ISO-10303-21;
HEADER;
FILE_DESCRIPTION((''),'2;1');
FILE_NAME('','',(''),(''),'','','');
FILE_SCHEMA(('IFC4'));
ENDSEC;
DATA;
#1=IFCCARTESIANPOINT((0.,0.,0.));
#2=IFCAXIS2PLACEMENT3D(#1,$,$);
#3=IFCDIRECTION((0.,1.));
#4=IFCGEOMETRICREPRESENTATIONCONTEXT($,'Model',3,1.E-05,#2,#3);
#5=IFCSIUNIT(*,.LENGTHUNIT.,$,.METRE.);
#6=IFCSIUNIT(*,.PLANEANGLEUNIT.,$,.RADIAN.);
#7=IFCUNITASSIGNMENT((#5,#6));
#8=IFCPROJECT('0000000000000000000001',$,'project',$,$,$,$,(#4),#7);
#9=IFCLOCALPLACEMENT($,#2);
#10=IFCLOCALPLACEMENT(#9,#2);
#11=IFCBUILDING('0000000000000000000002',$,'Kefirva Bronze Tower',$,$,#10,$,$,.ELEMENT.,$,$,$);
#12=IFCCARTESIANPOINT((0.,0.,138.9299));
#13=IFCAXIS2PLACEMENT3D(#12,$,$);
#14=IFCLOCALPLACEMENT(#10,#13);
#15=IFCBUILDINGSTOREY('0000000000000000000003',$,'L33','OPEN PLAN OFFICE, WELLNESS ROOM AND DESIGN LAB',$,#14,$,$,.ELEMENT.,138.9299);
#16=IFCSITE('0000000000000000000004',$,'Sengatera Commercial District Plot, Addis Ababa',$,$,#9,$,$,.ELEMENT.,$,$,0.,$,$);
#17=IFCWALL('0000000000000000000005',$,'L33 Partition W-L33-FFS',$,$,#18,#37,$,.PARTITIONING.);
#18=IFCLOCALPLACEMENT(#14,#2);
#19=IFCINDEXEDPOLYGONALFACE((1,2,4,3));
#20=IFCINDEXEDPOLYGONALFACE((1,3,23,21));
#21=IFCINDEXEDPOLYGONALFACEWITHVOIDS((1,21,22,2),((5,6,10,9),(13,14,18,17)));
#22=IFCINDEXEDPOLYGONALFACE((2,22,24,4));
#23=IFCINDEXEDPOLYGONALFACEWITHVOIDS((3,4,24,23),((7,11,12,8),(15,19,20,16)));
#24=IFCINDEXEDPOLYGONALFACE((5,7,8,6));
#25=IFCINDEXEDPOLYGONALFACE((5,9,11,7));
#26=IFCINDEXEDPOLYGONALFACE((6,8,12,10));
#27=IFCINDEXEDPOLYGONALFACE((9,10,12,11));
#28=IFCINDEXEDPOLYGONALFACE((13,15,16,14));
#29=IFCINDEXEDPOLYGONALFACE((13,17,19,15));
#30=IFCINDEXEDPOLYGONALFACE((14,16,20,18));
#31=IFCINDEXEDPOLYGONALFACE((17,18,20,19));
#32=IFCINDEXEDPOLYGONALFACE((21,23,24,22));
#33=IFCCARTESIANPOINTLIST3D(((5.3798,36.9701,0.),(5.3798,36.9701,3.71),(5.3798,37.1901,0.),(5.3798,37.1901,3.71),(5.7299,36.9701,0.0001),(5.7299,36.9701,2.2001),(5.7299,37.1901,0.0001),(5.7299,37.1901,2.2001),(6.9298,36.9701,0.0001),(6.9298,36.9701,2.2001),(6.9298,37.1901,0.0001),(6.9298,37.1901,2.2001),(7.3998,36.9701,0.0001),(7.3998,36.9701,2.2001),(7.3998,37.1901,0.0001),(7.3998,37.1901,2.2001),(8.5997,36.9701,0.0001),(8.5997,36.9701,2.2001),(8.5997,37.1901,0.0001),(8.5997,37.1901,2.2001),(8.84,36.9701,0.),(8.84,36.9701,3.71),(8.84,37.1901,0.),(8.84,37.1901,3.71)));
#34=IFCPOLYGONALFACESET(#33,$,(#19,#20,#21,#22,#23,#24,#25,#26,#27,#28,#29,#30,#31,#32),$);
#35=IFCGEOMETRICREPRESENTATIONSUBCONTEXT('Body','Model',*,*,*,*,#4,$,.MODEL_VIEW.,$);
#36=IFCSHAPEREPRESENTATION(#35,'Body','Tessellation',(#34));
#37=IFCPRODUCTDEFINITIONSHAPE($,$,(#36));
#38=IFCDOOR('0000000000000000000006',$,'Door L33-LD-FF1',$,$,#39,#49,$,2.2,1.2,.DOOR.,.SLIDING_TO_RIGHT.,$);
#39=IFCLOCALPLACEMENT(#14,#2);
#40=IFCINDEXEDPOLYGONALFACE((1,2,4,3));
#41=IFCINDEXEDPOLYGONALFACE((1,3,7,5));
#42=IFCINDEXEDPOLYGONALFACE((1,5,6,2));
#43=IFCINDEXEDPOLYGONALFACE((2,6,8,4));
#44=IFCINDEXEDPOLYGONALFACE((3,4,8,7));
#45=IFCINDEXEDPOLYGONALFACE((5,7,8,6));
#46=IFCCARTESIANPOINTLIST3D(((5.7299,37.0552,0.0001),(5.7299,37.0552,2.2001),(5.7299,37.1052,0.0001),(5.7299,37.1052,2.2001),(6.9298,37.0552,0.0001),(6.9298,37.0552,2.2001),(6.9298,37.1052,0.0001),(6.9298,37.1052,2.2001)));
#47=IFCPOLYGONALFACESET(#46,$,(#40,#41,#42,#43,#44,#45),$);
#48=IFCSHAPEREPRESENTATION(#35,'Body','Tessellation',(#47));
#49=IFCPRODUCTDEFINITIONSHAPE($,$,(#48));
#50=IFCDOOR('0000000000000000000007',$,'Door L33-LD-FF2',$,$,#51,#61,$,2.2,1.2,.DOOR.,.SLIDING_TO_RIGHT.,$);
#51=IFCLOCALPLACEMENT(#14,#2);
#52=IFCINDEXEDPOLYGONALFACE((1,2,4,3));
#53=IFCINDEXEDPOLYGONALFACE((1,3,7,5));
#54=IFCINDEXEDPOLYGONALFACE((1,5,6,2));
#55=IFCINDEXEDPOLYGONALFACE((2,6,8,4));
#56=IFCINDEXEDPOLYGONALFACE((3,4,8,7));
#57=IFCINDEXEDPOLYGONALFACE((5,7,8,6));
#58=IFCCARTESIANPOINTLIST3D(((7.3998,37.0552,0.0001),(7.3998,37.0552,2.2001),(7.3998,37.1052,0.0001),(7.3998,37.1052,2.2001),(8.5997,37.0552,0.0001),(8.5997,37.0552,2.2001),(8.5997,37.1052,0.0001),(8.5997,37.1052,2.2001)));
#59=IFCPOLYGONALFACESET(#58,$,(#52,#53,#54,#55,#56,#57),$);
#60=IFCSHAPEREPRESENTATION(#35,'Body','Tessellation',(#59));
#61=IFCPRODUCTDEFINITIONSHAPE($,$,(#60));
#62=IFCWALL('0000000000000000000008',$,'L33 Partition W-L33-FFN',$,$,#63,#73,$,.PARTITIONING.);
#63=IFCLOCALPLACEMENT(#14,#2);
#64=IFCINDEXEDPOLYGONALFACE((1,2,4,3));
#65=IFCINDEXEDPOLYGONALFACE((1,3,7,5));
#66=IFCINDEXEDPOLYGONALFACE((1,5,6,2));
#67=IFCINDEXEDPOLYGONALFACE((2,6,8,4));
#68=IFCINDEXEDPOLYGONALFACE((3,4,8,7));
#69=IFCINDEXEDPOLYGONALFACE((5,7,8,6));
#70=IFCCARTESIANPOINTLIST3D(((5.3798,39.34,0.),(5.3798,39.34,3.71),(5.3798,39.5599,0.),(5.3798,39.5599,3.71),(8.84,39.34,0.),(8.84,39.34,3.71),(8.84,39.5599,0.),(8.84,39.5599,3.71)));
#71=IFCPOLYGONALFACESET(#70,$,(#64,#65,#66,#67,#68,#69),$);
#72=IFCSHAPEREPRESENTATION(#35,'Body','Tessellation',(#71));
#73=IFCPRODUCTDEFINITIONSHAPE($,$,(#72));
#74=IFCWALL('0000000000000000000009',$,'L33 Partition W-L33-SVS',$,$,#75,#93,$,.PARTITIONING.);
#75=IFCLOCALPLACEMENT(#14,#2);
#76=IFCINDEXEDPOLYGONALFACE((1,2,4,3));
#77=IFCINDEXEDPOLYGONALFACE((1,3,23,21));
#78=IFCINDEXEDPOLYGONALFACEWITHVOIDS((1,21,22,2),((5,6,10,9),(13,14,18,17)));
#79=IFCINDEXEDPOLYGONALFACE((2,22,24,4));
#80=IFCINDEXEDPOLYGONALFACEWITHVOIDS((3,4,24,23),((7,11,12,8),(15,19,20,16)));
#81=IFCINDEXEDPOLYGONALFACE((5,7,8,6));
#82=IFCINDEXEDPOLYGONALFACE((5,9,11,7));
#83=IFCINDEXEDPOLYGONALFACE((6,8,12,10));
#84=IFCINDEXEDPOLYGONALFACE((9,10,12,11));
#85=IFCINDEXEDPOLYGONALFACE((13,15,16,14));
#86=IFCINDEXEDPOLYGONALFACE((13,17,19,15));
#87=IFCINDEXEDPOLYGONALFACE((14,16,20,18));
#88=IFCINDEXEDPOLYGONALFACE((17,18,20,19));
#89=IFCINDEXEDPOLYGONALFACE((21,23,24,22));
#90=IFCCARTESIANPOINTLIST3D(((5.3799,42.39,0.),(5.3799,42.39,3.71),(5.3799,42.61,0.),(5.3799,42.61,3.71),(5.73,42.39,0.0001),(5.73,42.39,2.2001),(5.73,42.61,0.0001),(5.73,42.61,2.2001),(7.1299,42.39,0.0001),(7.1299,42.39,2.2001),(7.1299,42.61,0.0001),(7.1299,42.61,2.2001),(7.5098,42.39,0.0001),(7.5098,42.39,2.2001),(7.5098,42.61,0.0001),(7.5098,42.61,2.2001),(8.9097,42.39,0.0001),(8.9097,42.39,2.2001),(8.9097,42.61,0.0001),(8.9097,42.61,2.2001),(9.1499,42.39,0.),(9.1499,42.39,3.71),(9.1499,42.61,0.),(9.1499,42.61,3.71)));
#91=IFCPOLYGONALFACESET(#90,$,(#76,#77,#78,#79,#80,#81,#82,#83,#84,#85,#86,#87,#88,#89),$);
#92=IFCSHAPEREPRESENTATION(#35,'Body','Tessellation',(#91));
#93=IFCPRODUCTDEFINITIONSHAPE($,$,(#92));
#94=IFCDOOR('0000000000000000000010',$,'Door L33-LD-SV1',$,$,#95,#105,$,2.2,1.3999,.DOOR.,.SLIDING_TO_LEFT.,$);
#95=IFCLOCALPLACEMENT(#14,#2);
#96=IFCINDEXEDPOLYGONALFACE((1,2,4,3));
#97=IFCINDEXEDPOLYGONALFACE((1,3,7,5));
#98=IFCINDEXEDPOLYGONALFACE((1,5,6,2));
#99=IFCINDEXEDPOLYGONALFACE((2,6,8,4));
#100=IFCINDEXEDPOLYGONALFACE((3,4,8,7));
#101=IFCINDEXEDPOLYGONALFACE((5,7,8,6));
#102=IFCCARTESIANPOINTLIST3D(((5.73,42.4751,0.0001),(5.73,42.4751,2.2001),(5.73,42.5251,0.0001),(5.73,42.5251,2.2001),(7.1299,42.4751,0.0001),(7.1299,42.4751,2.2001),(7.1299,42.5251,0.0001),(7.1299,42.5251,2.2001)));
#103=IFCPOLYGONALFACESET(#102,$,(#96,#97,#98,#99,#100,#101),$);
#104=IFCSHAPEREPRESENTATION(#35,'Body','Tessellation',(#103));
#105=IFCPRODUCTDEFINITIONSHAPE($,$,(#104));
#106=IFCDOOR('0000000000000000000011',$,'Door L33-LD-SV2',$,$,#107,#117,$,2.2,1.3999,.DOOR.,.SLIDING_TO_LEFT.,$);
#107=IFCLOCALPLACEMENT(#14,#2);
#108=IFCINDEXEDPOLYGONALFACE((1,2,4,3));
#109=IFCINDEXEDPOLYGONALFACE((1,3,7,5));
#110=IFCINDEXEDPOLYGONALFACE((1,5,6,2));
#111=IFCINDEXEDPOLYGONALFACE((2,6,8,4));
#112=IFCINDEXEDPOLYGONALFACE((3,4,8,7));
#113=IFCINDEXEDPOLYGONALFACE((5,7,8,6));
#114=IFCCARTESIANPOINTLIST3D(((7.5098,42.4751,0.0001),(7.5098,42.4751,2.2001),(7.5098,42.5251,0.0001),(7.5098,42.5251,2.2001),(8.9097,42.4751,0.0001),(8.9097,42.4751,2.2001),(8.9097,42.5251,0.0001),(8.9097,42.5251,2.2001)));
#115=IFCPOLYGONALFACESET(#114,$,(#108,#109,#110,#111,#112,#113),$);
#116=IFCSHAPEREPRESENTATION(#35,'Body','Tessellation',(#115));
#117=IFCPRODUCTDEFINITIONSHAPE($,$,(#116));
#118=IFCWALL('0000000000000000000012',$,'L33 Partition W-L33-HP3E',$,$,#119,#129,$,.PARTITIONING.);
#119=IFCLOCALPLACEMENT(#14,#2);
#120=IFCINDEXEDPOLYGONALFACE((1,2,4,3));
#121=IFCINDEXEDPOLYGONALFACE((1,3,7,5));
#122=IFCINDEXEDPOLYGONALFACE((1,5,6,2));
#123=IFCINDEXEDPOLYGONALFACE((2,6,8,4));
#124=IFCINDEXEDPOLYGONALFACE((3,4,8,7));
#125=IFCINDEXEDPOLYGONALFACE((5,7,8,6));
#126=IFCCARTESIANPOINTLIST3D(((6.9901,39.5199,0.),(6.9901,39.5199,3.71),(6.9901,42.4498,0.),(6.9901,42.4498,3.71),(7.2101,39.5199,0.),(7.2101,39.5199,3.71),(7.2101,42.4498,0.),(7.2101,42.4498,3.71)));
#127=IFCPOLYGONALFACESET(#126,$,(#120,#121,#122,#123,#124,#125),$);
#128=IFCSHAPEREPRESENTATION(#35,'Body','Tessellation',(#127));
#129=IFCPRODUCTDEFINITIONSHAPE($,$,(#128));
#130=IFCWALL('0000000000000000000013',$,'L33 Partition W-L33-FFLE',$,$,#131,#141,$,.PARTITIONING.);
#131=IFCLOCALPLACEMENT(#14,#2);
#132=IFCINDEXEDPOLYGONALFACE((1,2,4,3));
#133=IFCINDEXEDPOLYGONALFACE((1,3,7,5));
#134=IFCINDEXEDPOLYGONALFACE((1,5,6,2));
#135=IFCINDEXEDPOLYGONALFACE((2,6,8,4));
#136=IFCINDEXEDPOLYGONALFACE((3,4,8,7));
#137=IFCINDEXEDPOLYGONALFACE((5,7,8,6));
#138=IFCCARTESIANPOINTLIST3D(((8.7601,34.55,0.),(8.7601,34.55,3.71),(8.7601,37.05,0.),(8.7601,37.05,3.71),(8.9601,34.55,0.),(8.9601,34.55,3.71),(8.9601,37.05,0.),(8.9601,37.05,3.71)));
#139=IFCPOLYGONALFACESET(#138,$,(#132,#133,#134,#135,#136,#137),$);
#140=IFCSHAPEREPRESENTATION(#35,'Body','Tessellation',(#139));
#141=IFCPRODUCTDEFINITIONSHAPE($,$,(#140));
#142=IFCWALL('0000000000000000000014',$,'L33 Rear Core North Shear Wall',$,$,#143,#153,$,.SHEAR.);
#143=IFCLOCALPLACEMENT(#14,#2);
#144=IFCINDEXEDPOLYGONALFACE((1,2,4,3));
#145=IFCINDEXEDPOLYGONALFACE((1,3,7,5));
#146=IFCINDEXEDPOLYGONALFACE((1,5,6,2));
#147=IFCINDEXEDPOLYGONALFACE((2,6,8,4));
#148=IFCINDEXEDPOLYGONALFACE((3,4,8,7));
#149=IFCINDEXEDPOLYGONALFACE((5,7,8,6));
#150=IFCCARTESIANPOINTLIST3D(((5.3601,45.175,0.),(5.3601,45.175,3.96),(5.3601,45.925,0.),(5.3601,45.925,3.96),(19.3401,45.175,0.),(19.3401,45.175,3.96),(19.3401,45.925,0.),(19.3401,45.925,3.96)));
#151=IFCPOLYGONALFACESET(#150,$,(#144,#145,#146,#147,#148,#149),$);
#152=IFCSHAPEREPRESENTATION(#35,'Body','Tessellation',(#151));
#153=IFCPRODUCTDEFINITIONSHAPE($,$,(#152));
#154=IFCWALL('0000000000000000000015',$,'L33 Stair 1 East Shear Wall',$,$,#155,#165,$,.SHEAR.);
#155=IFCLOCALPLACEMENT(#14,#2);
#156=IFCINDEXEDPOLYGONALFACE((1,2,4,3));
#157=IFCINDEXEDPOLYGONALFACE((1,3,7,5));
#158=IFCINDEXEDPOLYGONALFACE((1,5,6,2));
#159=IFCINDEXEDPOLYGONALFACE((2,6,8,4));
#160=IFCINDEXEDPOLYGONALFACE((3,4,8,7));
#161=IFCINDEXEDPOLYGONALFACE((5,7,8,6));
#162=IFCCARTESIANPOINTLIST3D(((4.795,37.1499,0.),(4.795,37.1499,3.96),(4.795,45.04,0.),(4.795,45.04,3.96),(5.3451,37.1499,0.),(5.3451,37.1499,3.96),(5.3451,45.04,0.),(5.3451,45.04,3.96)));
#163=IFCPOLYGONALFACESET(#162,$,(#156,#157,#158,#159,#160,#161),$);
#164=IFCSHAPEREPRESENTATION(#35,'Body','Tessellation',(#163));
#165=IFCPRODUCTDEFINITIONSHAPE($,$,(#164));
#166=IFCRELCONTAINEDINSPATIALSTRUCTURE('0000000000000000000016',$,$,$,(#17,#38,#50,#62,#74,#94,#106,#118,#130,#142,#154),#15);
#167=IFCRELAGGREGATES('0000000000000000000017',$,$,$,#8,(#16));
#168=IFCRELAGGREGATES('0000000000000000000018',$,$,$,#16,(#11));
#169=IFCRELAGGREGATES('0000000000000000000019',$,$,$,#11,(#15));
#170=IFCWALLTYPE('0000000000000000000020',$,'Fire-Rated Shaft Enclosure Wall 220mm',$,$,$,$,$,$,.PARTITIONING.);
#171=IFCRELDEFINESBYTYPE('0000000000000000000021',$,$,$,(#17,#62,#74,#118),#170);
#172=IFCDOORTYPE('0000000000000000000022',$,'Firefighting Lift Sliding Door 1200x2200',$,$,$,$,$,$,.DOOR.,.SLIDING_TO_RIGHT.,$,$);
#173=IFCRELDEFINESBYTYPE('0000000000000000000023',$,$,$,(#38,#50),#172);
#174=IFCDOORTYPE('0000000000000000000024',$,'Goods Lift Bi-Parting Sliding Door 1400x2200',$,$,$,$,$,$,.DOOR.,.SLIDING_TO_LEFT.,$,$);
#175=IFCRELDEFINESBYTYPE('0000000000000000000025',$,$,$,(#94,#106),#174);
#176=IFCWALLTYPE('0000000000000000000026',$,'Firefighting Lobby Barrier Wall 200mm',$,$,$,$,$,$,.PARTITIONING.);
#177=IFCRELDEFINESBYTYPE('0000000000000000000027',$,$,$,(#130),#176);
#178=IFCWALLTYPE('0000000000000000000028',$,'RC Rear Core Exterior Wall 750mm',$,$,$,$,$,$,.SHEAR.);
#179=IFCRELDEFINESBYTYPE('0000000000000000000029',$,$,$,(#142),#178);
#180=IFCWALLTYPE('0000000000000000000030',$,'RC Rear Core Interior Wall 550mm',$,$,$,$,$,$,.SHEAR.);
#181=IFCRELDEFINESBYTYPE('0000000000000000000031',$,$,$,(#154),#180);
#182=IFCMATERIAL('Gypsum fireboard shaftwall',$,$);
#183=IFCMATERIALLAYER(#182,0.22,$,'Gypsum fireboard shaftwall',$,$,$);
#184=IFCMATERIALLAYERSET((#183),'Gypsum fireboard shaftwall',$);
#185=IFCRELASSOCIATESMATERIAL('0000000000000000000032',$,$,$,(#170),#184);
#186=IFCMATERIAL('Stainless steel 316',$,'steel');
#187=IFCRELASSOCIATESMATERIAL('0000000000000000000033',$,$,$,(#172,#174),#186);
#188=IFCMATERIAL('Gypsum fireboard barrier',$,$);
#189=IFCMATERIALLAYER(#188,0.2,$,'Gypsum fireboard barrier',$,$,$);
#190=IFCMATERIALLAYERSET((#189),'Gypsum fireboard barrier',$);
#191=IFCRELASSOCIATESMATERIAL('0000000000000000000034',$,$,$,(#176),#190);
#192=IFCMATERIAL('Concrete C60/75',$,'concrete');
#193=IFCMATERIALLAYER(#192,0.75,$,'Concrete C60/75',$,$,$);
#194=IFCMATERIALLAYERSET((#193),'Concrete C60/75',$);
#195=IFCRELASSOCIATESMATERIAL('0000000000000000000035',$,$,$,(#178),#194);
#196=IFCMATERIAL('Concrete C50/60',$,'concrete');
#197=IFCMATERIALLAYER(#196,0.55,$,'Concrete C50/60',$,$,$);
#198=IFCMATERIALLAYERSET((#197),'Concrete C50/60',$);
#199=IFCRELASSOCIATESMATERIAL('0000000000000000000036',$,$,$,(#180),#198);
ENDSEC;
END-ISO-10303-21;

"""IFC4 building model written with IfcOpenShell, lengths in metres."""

from ifc_helpers import new_model, si_unit, direction, frame, frame_2d, origin, place, context, subcontext, project, spatial, rectangle, extrude, material, layer, layer_set, type_object, element, fill, save


model = new_model("IFC4")

# Units and contexts
model_context = context("Model", 3, precision=1e-05, world=origin(), true_north=direction((0.0, 1.0)))
body_context = subcontext(model_context, "Body", "Model", "MODEL_VIEW")
ifc_project = project(units=[si_unit("LENGTHUNIT", "METRE"), si_unit("PLANEANGLEUNIT", "RADIAN")], contexts=[model_context])

# Site, building, storey
site_placement = place(None, origin())
site = spatial("IfcSite", under=ifc_project, at=site_placement, Name="Sengatera Commercial District Plot, Addis Ababa", CompositionType="ELEMENT", RefElevation=0.0)
building_placement = place(site_placement, origin())
building = spatial("IfcBuilding", under=site, at=building_placement, Name="Kefirva Bronze Tower", CompositionType="ELEMENT")
storey_placement = place(building_placement, frame((0.0, 0.0, 138.9299)))
storey = spatial("IfcBuildingStorey", under=building, at=storey_placement, Name="L33", Description="OPEN PLAN OFFICE, WELLNESS ROOM AND DESIGN LAB", CompositionType="ELEMENT", Elevation=138.9299)

# Wall, openings, doors
ifc_material_1 = material(Name="Gypsum fireboard shaftwall")
ifc_layer_1 = layer(ifc_material_1, 0.22, Name="Gypsum fireboard shaftwall")
ifc_layer_set_1 = layer_set([ifc_layer_1], Name="Gypsum fireboard shaftwall")
wall_type_1 = type_object("IfcWallType", Name="Fire-Rated Shaft Enclosure Wall 220mm", PredefinedType="PARTITIONING", material=ifc_layer_set_1)
wall_1_placement = place(storey_placement, frame((5.3799, 37.0801, 0.0), z_axis=(0.0, 0.0, 1.0), x_axis=(1.0, 0.0, 0.0)))
wall_1 = element("IfcWall", 1, at=wall_1_placement, inside=storey, type_object=wall_type_1, Name="L33 Partition W-L33-FFS", PredefinedType="PARTITIONING", context=body_context, shape_type="SweptSolid", body=[
    extrude(rectangle(XDim=3.4602, YDim=0.22, at=frame_2d((1.73, 0.0))), origin(), (0.0, 0.0, 1.0), 3.71),
])
opening_1_placement = place(wall_1_placement, frame((1.55, 0.0, 0.0), z_axis=(0.0, 0.0, 1.0), x_axis=(-1.0, 0.0, 0.0)))
opening_1 = element("IfcOpeningElement", 2, at=opening_1_placement, cuts=wall_1, PredefinedType="OPENING", context=body_context, shape_type="SweptSolid", body=[
    extrude(rectangle(XDim=1.2, YDim=2.2, at=frame_2d((0.6001, 1.1001))), frame((0.0, 0.1201, 0.0), z_axis=(0.0, -1.0, 0.0), x_axis=(1.0, 0.0, 0.0)), (0.0, 0.0, 1.0), 0.24),
])
opening_2_placement = place(wall_1_placement, frame((3.22, 0.0, 0.0), z_axis=(0.0, 0.0, 1.0), x_axis=(-1.0, 0.0, 0.0)))
opening_2 = element("IfcOpeningElement", 3, at=opening_2_placement, cuts=wall_1, PredefinedType="OPENING", context=body_context, shape_type="SweptSolid", body=[
    extrude(rectangle(XDim=1.2, YDim=2.2, at=frame_2d((0.6001, 1.1001))), frame((0.0, 0.1201, 0.0), z_axis=(0.0, -1.0, 0.0), x_axis=(1.0, 0.0, 0.0)), (0.0, 0.0, 1.0), 0.24),
])
ifc_material_2 = material(Name="Stainless steel 316", Category="steel")
door_type_1 = type_object("IfcDoorType", Name="Firefighting Lift Sliding Door 1200x2200", OperationType="SLIDING_TO_RIGHT", PredefinedType="DOOR", material=ifc_material_2)
door_1_placement = place(opening_1_placement, origin())
door_1 = element("IfcDoor", 4, at=door_1_placement, inside=storey, type_object=door_type_1, Name="Door L33-LD-FF1", OperationType="SLIDING_TO_RIGHT", OverallHeight=2.2, OverallWidth=1.2, PredefinedType="DOOR", context=body_context, shape_type="SweptSolid", body=[
    extrude(rectangle(XDim=1.2, YDim=2.2, at=frame_2d((0.6001, 1.1001))), frame((0.0, 0.0249, 0.0), z_axis=(0.0, -1.0, 0.0), x_axis=(1.0, 0.0, 0.0)), (0.0, 0.0, 1.0), 0.05),
])
fill(opening_1, door_1)
door_2_placement = place(opening_2_placement, origin())
door_2 = element("IfcDoor", 5, at=door_2_placement, inside=storey, type_object=door_type_1, Name="Door L33-LD-FF2", OperationType="SLIDING_TO_RIGHT", OverallHeight=2.2, OverallWidth=1.2, PredefinedType="DOOR", context=body_context, shape_type="SweptSolid", body=[
    extrude(rectangle(XDim=1.2, YDim=2.2, at=frame_2d((0.6001, 1.1001))), frame((0.0, 0.0249, 0.0), z_axis=(0.0, -1.0, 0.0), x_axis=(1.0, 0.0, 0.0)), (0.0, 0.0, 1.0), 0.05),
])
fill(opening_2, door_2)

# Wall
wall_2_placement = place(storey_placement, frame((5.3799, 39.45, 0.0), z_axis=(0.0, 0.0, 1.0), x_axis=(1.0, 0.0, 0.0)))
element("IfcWall", 6, at=wall_2_placement, inside=storey, type_object=wall_type_1, Name="L33 Partition W-L33-FFN", PredefinedType="PARTITIONING", context=body_context, shape_type="SweptSolid", body=[
    extrude(rectangle(XDim=3.4602, YDim=0.22, at=frame_2d((1.73, 0.0))), origin(), (0.0, 0.0, 1.0), 3.71),
])

# Wall, openings, doors
wall_3_placement = place(storey_placement, frame((5.3799, 42.5, 0.0), z_axis=(0.0, 0.0, 1.0), x_axis=(1.0, 0.0, 0.0)))
wall_3 = element("IfcWall", 7, at=wall_3_placement, inside=storey, type_object=wall_type_1, Name="L33 Partition W-L33-SVS", PredefinedType="PARTITIONING", context=body_context, shape_type="SweptSolid", body=[
    extrude(rectangle(XDim=3.77, YDim=0.22, at=frame_2d((1.885, 0.0))), origin(), (0.0, 0.0, 1.0), 3.71),
])
opening_3_placement = place(wall_3_placement, frame((1.75, 0.0, 0.0), z_axis=(0.0, 0.0, 1.0), x_axis=(-1.0, 0.0, 0.0)))
opening_3 = element("IfcOpeningElement", 8, at=opening_3_placement, cuts=wall_3, PredefinedType="OPENING", context=body_context, shape_type="SweptSolid", body=[
    extrude(rectangle(XDim=1.3999, YDim=2.2, at=frame_2d((0.7, 1.1001))), frame((0.0, 0.1201, 0.0), z_axis=(0.0, -1.0, 0.0), x_axis=(1.0, 0.0, 0.0)), (0.0, 0.0, 1.0), 0.24),
])
opening_4_placement = place(wall_3_placement, frame((3.5298, 0.0, 0.0), z_axis=(0.0, 0.0, 1.0), x_axis=(-1.0, 0.0, 0.0)))
opening_4 = element("IfcOpeningElement", 9, at=opening_4_placement, cuts=wall_3, PredefinedType="OPENING", context=body_context, shape_type="SweptSolid", body=[
    extrude(rectangle(XDim=1.3999, YDim=2.2, at=frame_2d((0.7, 1.1001))), frame((0.0, 0.1201, 0.0), z_axis=(0.0, -1.0, 0.0), x_axis=(1.0, 0.0, 0.0)), (0.0, 0.0, 1.0), 0.24),
])
door_type_2 = type_object("IfcDoorType", Name="Goods Lift Bi-Parting Sliding Door 1400x2200", OperationType="SLIDING_TO_LEFT", PredefinedType="DOOR", material=ifc_material_2)
door_3_placement = place(opening_3_placement, origin())
door_3 = element("IfcDoor", 10, at=door_3_placement, inside=storey, type_object=door_type_2, Name="Door L33-LD-SV1", OperationType="SLIDING_TO_LEFT", OverallHeight=2.2, OverallWidth=1.3999, PredefinedType="DOOR", context=body_context, shape_type="SweptSolid", body=[
    extrude(rectangle(XDim=1.3999, YDim=2.2, at=frame_2d((0.7, 1.1001))), frame((0.0, 0.0249, 0.0), z_axis=(0.0, -1.0, 0.0), x_axis=(1.0, 0.0, 0.0)), (0.0, 0.0, 1.0), 0.05),
])
fill(opening_3, door_3)
door_4_placement = place(opening_4_placement, origin())
door_4 = element("IfcDoor", 11, at=door_4_placement, inside=storey, type_object=door_type_2, Name="Door L33-LD-SV2", OperationType="SLIDING_TO_LEFT", OverallHeight=2.2, OverallWidth=1.3999, PredefinedType="DOOR", context=body_context, shape_type="SweptSolid", body=[
    extrude(rectangle(XDim=1.3999, YDim=2.2, at=frame_2d((0.7, 1.1001))), frame((0.0, 0.0249, 0.0), z_axis=(0.0, -1.0, 0.0), x_axis=(1.0, 0.0, 0.0)), (0.0, 0.0, 1.0), 0.05),
])
fill(opening_4, door_4)

# Walls
wall_4_placement = place(storey_placement, frame((7.1001, 39.52, 0.0), z_axis=(0.0, 0.0, 1.0), x_axis=(0.0, 1.0, 0.0)))
element("IfcWall", 12, at=wall_4_placement, inside=storey, type_object=wall_type_1, Name="L33 Partition W-L33-HP3E", PredefinedType="PARTITIONING", context=body_context, shape_type="SweptSolid", body=[
    extrude(rectangle(XDim=2.9299, YDim=0.22, at=frame_2d((1.4648, 0.0))), origin(), (0.0, 0.0, 1.0), 3.71),
])
ifc_material_3 = material(Name="Gypsum fireboard barrier")
ifc_layer_2 = layer(ifc_material_3, 0.2, Name="Gypsum fireboard barrier")
ifc_layer_set_2 = layer_set([ifc_layer_2], Name="Gypsum fireboard barrier")
wall_type_2 = type_object("IfcWallType", Name="Firefighting Lobby Barrier Wall 200mm", PredefinedType="PARTITIONING", material=ifc_layer_set_2)
wall_5_placement = place(storey_placement, frame((8.8601, 34.55, 0.0), z_axis=(0.0, 0.0, 1.0), x_axis=(0.0, 1.0, 0.0)))
element("IfcWall", 13, at=wall_5_placement, inside=storey, type_object=wall_type_2, Name="L33 Partition W-L33-FFLE", PredefinedType="PARTITIONING", context=body_context, shape_type="SweptSolid", body=[
    extrude(rectangle(XDim=2.5, YDim=0.2, at=frame_2d((1.25, 0.0))), origin(), (0.0, 0.0, 1.0), 3.71),
])

# Walls
ifc_material_4 = material(Name="Concrete C60/75", Category="concrete")
ifc_layer_3 = layer(ifc_material_4, 0.75, Name="Concrete C60/75")
ifc_layer_set_3 = layer_set([ifc_layer_3], Name="Concrete C60/75")
wall_type_3 = type_object("IfcWallType", Name="RC Rear Core Exterior Wall 750mm", PredefinedType="SHEAR", material=ifc_layer_set_3)
wall_6_placement = place(storey_placement, frame((5.3601, 45.55, 0.0), z_axis=(0.0, 0.0, 1.0), x_axis=(1.0, 0.0, 0.0)))
element("IfcWall", 14, at=wall_6_placement, inside=storey, type_object=wall_type_3, Name="L33 Rear Core North Shear Wall", PredefinedType="SHEAR", context=body_context, shape_type="SweptSolid", body=[
    extrude(rectangle(XDim=13.98, YDim=0.75, at=frame_2d((6.99, 0.0))), origin(), (0.0, 0.0, 1.0), 3.96),
])
ifc_material_5 = material(Name="Concrete C50/60", Category="concrete")
ifc_layer_4 = layer(ifc_material_5, 0.55, Name="Concrete C50/60")
ifc_layer_set_4 = layer_set([ifc_layer_4], Name="Concrete C50/60")
wall_type_4 = type_object("IfcWallType", Name="RC Rear Core Interior Wall 550mm", PredefinedType="SHEAR", material=ifc_layer_set_4)
wall_7_placement = place(storey_placement, frame((5.0701, 37.1499, 0.0), z_axis=(0.0, 0.0, 1.0), x_axis=(0.0, 1.0, 0.0)))
element("IfcWall", 15, at=wall_7_placement, inside=storey, type_object=wall_type_4, Name="L33 Stair 1 East Shear Wall", PredefinedType="SHEAR", context=body_context, shape_type="SweptSolid", body=[
    extrude(rectangle(XDim=7.8901, YDim=0.55, at=frame_2d((3.9451, 0.0))), origin(), (0.0, 0.0, 1.0), 3.96),
])

save(model, "model.ifc")
